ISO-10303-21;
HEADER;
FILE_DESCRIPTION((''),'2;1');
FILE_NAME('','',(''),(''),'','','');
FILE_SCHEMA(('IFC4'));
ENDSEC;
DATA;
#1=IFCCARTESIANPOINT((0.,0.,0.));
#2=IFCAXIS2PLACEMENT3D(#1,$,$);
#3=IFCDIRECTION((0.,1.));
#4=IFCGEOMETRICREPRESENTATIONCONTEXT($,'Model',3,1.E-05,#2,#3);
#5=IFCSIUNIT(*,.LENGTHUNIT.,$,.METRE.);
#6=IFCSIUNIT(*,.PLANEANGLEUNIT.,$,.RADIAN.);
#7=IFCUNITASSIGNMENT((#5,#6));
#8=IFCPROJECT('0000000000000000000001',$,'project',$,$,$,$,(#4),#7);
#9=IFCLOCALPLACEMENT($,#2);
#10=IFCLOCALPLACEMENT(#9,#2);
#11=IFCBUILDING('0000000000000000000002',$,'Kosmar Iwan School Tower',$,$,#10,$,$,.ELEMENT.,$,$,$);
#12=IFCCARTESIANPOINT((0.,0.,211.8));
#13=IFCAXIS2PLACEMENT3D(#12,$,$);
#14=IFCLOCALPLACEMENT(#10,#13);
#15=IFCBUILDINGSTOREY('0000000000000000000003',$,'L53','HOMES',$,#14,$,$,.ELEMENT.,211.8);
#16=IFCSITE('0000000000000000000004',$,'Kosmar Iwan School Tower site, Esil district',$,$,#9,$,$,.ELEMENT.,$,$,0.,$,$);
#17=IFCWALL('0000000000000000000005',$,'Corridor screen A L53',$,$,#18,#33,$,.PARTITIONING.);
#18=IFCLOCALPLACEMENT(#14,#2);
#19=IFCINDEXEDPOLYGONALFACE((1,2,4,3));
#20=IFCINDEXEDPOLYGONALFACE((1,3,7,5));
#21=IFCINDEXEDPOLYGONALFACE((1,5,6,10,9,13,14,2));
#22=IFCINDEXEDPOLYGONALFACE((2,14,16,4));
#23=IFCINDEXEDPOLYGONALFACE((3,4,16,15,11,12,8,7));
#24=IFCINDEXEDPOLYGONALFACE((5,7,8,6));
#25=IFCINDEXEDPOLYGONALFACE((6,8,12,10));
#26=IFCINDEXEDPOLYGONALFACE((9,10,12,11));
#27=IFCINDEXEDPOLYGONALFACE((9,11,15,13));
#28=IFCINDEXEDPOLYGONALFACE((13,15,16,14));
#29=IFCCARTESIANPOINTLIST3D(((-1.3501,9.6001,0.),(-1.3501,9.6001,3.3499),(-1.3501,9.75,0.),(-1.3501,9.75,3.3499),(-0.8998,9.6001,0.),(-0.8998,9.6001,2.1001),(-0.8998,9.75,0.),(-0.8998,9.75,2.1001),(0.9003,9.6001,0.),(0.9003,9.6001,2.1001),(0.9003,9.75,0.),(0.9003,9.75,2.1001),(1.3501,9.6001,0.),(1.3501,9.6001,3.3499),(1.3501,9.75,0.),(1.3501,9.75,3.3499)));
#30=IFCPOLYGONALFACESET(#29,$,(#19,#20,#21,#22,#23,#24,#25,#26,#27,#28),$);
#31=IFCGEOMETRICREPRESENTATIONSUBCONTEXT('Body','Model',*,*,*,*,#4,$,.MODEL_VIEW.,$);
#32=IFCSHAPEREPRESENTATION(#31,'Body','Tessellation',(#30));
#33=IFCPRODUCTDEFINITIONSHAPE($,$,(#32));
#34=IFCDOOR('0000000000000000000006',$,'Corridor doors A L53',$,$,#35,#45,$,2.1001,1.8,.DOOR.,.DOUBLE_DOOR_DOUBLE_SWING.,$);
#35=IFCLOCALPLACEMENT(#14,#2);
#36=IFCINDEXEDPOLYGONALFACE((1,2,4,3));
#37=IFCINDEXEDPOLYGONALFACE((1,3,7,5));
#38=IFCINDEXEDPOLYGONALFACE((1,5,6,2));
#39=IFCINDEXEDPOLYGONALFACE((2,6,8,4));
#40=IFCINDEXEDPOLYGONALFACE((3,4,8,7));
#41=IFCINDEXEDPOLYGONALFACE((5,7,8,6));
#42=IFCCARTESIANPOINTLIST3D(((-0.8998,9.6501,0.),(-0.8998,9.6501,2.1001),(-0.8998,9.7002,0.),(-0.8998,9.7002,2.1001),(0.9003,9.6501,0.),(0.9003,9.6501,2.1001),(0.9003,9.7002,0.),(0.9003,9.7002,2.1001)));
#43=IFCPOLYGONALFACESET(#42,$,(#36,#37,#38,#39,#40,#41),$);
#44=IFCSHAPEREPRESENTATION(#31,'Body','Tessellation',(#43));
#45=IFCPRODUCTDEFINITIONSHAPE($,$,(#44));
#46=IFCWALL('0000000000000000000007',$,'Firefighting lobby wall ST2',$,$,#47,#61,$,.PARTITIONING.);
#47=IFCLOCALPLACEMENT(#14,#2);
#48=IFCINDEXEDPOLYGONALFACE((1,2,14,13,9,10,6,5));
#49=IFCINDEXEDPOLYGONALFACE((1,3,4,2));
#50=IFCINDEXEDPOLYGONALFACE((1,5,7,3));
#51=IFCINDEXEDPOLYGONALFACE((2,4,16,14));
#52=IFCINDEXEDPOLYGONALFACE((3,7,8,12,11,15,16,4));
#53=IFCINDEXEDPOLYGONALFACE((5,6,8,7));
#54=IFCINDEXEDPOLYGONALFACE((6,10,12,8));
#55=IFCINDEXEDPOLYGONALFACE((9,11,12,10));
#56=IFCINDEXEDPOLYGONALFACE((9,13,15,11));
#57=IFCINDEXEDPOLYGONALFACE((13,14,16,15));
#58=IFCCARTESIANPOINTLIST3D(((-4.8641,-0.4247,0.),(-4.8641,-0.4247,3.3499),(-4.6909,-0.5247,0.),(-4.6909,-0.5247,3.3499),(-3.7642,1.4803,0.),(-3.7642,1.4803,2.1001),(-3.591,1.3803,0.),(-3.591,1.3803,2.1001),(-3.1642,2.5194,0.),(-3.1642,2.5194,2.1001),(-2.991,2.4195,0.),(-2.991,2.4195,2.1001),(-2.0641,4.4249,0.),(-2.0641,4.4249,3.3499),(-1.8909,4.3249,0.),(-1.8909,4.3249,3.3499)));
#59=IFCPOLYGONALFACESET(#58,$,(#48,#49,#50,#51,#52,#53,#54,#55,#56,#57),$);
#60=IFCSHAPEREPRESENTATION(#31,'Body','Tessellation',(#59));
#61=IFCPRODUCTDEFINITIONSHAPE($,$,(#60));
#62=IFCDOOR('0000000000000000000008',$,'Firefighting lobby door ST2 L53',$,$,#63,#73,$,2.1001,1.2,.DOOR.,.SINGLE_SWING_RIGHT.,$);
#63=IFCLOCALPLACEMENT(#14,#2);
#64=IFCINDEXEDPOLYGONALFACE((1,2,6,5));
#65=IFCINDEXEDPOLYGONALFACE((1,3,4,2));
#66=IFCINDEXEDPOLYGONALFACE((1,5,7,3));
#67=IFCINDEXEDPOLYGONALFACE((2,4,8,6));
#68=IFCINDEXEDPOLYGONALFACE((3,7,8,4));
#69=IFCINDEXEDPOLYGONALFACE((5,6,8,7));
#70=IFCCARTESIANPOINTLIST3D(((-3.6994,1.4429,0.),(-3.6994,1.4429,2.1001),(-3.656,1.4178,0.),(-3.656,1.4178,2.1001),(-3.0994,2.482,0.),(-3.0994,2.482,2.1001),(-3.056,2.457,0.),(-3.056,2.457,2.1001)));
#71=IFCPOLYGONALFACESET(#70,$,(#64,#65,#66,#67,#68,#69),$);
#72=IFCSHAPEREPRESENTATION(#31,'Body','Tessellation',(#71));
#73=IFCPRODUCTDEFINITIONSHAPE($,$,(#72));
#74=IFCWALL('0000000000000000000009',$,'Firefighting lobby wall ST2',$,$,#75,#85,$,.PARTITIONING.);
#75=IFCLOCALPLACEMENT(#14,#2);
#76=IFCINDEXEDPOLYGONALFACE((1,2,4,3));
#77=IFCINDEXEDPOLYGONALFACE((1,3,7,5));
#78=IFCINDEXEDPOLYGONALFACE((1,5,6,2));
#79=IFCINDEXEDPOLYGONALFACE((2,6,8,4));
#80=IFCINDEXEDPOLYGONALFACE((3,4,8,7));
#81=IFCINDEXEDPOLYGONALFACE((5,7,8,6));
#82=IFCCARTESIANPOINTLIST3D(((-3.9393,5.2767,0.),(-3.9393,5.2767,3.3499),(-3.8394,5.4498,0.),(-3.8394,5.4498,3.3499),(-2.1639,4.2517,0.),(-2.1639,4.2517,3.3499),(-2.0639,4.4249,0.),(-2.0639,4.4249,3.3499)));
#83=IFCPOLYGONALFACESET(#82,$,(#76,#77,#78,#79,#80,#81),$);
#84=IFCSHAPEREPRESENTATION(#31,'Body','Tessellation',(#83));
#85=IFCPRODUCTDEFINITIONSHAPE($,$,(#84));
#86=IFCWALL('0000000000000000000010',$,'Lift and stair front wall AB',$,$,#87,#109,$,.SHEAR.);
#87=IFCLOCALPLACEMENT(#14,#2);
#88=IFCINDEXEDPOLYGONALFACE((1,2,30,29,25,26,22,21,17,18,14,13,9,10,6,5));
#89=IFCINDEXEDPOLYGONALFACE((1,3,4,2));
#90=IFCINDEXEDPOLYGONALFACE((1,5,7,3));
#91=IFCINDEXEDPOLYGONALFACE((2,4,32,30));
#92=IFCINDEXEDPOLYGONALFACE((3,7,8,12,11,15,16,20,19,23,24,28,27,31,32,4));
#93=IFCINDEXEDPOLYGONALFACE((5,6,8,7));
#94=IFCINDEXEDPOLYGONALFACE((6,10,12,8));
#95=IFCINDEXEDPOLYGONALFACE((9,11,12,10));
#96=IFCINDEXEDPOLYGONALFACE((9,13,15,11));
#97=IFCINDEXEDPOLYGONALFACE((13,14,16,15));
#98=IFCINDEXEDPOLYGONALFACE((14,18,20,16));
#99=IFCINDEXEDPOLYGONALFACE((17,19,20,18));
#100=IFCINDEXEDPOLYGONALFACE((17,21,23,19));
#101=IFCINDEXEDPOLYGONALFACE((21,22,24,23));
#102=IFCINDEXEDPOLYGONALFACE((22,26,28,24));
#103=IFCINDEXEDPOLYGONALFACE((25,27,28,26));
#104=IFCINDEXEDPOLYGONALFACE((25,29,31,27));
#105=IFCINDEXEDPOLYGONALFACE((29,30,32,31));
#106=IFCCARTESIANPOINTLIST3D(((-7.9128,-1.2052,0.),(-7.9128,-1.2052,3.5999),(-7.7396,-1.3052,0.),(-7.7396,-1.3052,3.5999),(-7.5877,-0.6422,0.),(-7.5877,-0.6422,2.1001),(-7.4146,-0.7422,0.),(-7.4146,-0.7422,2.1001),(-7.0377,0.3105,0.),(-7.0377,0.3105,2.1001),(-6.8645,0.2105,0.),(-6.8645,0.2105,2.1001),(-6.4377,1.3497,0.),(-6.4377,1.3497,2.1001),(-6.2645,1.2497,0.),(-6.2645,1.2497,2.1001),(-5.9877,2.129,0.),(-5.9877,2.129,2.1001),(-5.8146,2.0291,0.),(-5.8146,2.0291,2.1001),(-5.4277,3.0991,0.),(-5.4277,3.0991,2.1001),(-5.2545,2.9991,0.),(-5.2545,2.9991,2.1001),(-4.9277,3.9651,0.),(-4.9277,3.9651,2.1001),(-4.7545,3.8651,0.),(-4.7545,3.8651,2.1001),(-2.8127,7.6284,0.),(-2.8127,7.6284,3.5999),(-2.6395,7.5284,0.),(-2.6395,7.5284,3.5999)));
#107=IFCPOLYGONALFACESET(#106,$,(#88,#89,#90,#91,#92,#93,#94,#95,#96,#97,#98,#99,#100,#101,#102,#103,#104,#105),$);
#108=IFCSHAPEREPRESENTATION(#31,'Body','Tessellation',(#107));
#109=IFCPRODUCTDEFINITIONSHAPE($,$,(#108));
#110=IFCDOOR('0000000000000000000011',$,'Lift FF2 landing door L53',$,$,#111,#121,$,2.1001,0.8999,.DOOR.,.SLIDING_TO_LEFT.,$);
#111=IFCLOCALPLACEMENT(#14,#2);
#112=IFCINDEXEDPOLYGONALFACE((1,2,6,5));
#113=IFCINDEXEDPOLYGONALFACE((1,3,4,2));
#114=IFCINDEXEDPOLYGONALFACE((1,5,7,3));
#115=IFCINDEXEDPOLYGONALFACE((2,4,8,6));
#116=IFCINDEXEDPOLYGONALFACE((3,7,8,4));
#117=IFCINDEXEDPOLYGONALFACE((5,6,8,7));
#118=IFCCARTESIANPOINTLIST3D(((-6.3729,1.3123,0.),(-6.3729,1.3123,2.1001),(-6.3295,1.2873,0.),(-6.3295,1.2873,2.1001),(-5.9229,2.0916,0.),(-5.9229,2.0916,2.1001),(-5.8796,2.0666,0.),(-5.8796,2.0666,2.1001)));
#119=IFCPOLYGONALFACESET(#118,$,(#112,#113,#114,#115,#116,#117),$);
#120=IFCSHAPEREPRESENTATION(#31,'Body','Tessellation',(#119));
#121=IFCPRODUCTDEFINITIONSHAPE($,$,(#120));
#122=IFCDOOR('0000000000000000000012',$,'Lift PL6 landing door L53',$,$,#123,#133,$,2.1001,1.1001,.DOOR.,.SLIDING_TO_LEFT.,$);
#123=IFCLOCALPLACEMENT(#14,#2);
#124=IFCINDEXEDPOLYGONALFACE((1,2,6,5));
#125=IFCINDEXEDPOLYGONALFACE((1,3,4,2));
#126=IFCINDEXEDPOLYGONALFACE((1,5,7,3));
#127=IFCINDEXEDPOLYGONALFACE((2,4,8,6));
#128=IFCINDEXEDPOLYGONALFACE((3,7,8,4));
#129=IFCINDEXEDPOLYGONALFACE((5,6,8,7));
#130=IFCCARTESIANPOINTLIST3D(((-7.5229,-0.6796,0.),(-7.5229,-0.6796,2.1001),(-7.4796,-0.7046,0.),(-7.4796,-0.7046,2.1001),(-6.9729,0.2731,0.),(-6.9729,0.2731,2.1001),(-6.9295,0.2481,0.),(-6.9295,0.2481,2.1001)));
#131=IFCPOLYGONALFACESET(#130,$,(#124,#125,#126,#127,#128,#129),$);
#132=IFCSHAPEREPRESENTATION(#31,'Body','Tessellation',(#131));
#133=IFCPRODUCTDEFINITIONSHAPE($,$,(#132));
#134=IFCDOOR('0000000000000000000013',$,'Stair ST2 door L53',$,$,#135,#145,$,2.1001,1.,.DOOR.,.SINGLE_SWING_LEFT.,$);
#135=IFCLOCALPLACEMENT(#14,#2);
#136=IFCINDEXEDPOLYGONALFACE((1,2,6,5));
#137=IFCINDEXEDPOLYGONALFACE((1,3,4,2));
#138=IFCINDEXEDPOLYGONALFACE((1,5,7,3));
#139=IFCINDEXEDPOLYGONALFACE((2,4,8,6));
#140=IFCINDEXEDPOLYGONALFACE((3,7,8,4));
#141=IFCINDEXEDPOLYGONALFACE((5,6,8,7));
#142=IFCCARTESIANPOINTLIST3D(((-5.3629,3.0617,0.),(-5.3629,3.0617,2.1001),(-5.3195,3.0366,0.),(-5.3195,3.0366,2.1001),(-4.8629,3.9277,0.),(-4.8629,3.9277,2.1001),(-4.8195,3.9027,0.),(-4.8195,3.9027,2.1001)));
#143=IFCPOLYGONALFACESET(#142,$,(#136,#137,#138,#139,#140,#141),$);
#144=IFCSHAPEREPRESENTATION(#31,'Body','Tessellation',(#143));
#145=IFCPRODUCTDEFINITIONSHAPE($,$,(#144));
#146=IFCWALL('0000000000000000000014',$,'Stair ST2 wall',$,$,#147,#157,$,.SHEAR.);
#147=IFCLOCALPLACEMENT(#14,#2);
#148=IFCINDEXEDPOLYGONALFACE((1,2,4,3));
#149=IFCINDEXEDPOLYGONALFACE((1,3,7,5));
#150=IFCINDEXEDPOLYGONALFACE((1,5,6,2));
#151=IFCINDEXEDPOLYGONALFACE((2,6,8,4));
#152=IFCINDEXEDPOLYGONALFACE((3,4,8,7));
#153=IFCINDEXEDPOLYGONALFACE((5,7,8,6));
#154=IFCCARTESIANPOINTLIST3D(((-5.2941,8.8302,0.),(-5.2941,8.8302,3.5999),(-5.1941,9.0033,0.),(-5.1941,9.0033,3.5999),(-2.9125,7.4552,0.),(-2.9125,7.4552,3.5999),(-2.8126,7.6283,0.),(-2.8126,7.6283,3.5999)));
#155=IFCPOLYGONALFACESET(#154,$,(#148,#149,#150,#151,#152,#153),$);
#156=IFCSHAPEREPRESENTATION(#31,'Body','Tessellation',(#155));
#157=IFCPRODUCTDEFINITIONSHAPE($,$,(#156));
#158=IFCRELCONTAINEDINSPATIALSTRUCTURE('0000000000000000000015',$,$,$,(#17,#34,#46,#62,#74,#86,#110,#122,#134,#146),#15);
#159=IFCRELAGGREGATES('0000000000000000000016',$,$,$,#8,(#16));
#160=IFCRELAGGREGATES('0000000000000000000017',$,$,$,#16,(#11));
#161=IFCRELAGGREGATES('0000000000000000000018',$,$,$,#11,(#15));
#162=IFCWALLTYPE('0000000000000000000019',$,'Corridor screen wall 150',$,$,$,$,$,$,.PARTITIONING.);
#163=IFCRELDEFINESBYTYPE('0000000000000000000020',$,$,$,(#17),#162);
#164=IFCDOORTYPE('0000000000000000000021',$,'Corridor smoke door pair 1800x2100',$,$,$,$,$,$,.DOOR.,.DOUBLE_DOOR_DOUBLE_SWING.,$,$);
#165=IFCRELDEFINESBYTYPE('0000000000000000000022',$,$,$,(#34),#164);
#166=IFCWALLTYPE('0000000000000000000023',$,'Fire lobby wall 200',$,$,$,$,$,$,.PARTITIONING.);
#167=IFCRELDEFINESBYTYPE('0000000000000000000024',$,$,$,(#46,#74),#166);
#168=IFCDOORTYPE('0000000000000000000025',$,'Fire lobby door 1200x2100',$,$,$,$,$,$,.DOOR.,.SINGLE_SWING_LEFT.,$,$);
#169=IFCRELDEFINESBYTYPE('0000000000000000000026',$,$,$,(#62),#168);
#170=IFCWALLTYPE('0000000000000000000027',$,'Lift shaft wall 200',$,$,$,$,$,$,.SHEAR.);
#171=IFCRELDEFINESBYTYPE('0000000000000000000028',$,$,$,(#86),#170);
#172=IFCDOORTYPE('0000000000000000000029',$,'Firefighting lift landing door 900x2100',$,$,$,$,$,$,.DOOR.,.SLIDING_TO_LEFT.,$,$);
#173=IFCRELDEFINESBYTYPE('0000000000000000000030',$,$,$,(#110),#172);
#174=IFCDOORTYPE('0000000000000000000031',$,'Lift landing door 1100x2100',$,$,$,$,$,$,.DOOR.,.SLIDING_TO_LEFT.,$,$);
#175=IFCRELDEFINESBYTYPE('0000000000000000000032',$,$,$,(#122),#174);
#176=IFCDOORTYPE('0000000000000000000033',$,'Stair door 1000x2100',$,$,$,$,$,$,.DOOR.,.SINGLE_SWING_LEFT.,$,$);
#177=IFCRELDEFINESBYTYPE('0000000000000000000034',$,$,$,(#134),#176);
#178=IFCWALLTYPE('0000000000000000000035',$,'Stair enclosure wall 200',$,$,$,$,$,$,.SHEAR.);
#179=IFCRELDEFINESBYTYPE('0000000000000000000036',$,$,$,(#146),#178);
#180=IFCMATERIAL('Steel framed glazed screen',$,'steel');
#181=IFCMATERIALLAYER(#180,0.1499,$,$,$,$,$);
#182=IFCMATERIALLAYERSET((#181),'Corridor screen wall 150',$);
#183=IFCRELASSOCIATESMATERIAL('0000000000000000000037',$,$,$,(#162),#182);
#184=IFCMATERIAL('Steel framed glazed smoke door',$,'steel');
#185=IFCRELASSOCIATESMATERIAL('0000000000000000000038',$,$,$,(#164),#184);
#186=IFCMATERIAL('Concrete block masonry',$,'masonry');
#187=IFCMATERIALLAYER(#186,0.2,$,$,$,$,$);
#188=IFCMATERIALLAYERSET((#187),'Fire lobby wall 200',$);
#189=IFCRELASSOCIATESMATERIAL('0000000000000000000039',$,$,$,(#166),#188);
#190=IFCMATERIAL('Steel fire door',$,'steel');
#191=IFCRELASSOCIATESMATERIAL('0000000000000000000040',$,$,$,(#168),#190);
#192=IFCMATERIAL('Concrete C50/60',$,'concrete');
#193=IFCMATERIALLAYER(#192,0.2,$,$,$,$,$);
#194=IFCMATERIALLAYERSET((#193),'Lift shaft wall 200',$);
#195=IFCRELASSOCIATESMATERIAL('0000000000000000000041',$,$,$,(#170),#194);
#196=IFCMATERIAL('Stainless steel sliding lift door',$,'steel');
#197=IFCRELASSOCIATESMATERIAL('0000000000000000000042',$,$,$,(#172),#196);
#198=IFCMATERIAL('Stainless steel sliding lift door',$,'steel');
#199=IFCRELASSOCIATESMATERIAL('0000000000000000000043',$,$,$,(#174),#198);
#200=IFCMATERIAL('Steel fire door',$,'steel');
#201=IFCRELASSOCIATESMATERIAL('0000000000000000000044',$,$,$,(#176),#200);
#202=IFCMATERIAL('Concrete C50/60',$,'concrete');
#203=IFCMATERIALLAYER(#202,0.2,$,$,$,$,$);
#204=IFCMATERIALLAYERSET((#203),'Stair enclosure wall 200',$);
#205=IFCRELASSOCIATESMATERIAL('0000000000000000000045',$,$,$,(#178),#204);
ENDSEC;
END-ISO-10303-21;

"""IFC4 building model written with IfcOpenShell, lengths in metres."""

from ifc_helpers import new_model, si_unit, direction, frame, frame_2d, origin, place, context, subcontext, project, spatial, rectangle, extrude, material, layer, layer_set, type_object, element, fill, save


model = new_model("IFC4")

# Units and contexts
model_context = context("Model", 3, precision=1e-05, world=origin(), true_north=direction((0.0, 1.0)))
body_context = subcontext(model_context, "Body", "Model", "MODEL_VIEW")
ifc_project = project(units=[si_unit("LENGTHUNIT", "METRE"), si_unit("PLANEANGLEUNIT", "RADIAN")], contexts=[model_context])

# Site, building, storey
site_placement = place(None, origin())
site = spatial("IfcSite", under=ifc_project, at=site_placement, Name="Kosmar Iwan School Tower site, Esil district", CompositionType="ELEMENT", RefElevation=0.0)
building_placement = place(site_placement, origin())
building = spatial("IfcBuilding", under=site, at=building_placement, Name="Kosmar Iwan School Tower", CompositionType="ELEMENT")
storey_placement = place(building_placement, frame((0.0, 0.0, 211.8)))
storey = spatial("IfcBuildingStorey", under=building, at=storey_placement, Name="L53", Description="HOMES", CompositionType="ELEMENT", Elevation=211.8)

# Walls, openings, doors
ifc_material_1 = material(Name="Steel framed glazed screen", Category="steel")
ifc_layer_1 = layer(ifc_material_1, 0.1499)
ifc_layer_set_1 = layer_set([ifc_layer_1], Name="Corridor screen wall 150")
wall_type_1 = type_object("IfcWallType", Name="Corridor screen wall 150", PredefinedType="PARTITIONING", material=ifc_layer_set_1)
wall_1_placement = place(storey_placement, frame((1.3501, 9.675, 0.0), z_axis=(0.0, 0.0, 1.0), x_axis=(-1.0, 0.0, 0.0)))
wall_1 = element("IfcWall", 1, at=wall_1_placement, inside=storey, type_object=wall_type_1, Name="Corridor screen A L53", PredefinedType="PARTITIONING", context=body_context, shape_type="SweptSolid", body=[
    extrude(rectangle(XDim=2.7002, YDim=0.1499, at=frame_2d((1.3501, 0.0))), origin(), (0.0, 0.0, 1.0), 3.3499),
])
opening_1_placement = place(wall_1_placement, frame((0.45, 0.0, 0.0)))
opening_1 = element("IfcOpeningElement", 2, at=opening_1_placement, cuts=wall_1, PredefinedType="OPENING", context=body_context, shape_type="SweptSolid", body=[
    extrude(rectangle(XDim=1.8, YDim=2.1001, at=frame_2d((0.8999, 1.05))), frame((0.0, 0.0869, 0.0), z_axis=(0.0, -1.0, 0.0), x_axis=(1.0, 0.0, 0.0)), (0.0, 0.0, 1.0), 0.1738),
])
ifc_material_2 = material(Name="Steel framed glazed smoke door", Category="steel")
door_type_1 = type_object("IfcDoorType", Name="Corridor smoke door pair 1800x2100", OperationType="DOUBLE_DOOR_DOUBLE_SWING", PredefinedType="DOOR", material=ifc_material_2)
door_1_placement = place(opening_1_placement, origin())
door_1 = element("IfcDoor", 3, at=door_1_placement, inside=storey, type_object=door_type_1, Name="Corridor doors A L53", OperationType="DOUBLE_DOOR_DOUBLE_SWING", OverallHeight=2.1001, OverallWidth=1.8, PredefinedType="DOOR", context=body_context, shape_type="SweptSolid", body=[
    extrude(rectangle(XDim=1.8, YDim=2.1001, at=frame_2d((0.8999, 1.05))), frame((0.0, 0.0249, 0.0), z_axis=(0.0, -1.0, 0.0), x_axis=(1.0, 0.0, 0.0)), (0.0, 0.0, 1.0), 0.05),
])
fill(opening_1, door_1)
ifc_material_3 = material(Name="Concrete block masonry", Category="masonry")
ifc_layer_2 = layer(ifc_material_3, 0.2)
ifc_layer_set_2 = layer_set([ifc_layer_2], Name="Fire lobby wall 200")
wall_type_2 = type_object("IfcWallType", Name="Fire lobby wall 200", PredefinedType="PARTITIONING", material=ifc_layer_set_2)
wall_2_placement = place(storey_placement, frame((-1.9775, 4.3748, 0.0), z_axis=(0.0, 0.0, 1.0), x_axis=(-0.500017, -0.866016, 0.0)))
wall_2 = element("IfcWall", 4, at=wall_2_placement, inside=storey, type_object=wall_type_2, Name="Firefighting lobby wall ST2", PredefinedType="PARTITIONING", context=body_context, shape_type="SweptSolid", body=[
    extrude(rectangle(XDim=5.5999, YDim=0.2, at=frame_2d((2.7998, 0.0))), origin(), (0.0, 0.0, 1.0), 3.3499),
])
opening_2_placement = place(wall_2_placement, frame((2.2, 0.0, 0.0)))
opening_2 = element("IfcOpeningElement", 5, at=opening_2_placement, cuts=wall_2, PredefinedType="OPENING", context=body_context, shape_type="SweptSolid", body=[
    extrude(rectangle(XDim=1.2, YDim=2.1001, at=frame_2d((0.6001, 1.05))), frame((0.0, 0.1121, 0.0), z_axis=(0.0, -1.0, 0.0), x_axis=(1.0, 0.0, 0.0)), (0.0, 0.0, 1.0), 0.2239),
])
ifc_material_4 = material(Name="Steel fire door", Category="steel")
door_type_2 = type_object("IfcDoorType", Name="Fire lobby door 1200x2100", OperationType="SINGLE_SWING_LEFT", PredefinedType="DOOR", material=ifc_material_4)
door_2_placement = place(opening_2_placement, origin())
door_2 = element("IfcDoor", 6, at=door_2_placement, inside=storey, type_object=door_type_2, Name="Firefighting lobby door ST2 L53", OperationType="SINGLE_SWING_RIGHT", OverallHeight=2.1001, OverallWidth=1.2, PredefinedType="DOOR", context=body_context, shape_type="SweptSolid", body=[
    extrude(rectangle(XDim=1.2, YDim=2.1001, at=frame_2d((0.6001, 1.05))), frame((0.0, 0.0249, 0.0), z_axis=(0.0, -1.0, 0.0), x_axis=(1.0, 0.0, 0.0)), (0.0, 0.0, 1.0), 0.05),
])
fill(opening_2, door_2)

# Wall
wall_3_placement = place(storey_placement, frame((-2.114, 4.3384, 0.0), z_axis=(0.0, 0.0, 1.0), x_axis=(-0.866051, 0.499956, 0.0)))
element("IfcWall", 7, at=wall_3_placement, inside=storey, type_object=wall_type_2, Name="Firefighting lobby wall ST2", PredefinedType="PARTITIONING", context=body_context, shape_type="SweptSolid", body=[
    extrude(rectangle(XDim=2.05, YDim=0.2, at=frame_2d((1.0249, 0.0))), origin(), (0.0, 0.0, 1.0), 3.3499),
])

# Wall, openings, doors
ifc_material_5 = material(Name="Concrete C50/60", Category="concrete")
ifc_layer_3 = layer(ifc_material_5, 0.2)
ifc_layer_set_3 = layer_set([ifc_layer_3], Name="Lift shaft wall 200")
wall_type_3 = type_object("IfcWallType", Name="Lift shaft wall 200", PredefinedType="SHEAR", material=ifc_layer_set_3)
wall_4_placement = place(storey_placement, frame((-2.7261, 7.5784, 0.0), z_axis=(0.0, 0.0, 1.0), x_axis=(-0.500006, -0.866022, 0.0)))
wall_4 = element("IfcWall", 8, at=wall_4_placement, inside=storey, type_object=wall_type_3, Name="Lift and stair front wall AB", PredefinedType="SHEAR", context=body_context, shape_type="SweptSolid", body=[
    extrude(rectangle(XDim=10.2002, YDim=0.2, at=frame_2d((5.1001, 0.0))), origin(), (0.0, 0.0, 1.0), 3.5999),
])
opening_3_placement = place(wall_4_placement, frame((6.3501, 0.0, 0.0)))
opening_3 = element("IfcOpeningElement", 9, at=opening_3_placement, cuts=wall_4, PredefinedType="OPENING", context=body_context, shape_type="SweptSolid", body=[
    extrude(rectangle(XDim=0.8999, YDim=2.1001, at=frame_2d((0.45, 1.05))), frame((0.0, 0.1121, 0.0), z_axis=(0.0, -1.0, 0.0), x_axis=(1.0, 0.0, 0.0)), (0.0, 0.0, 1.0), 0.2239),
])
opening_4_placement = place(wall_4_placement, frame((8.45, 0.0, 0.0)))
opening_4 = element("IfcOpeningElement", 10, at=opening_4_placement, cuts=wall_4, PredefinedType="OPENING", context=body_context, shape_type="SweptSolid", body=[
    extrude(rectangle(XDim=1.1001, YDim=2.1001, at=frame_2d((0.55, 1.05))), frame((0.0, 0.1121, 0.0), z_axis=(0.0, -1.0, 0.0), x_axis=(1.0, 0.0, 0.0)), (0.0, 0.0, 1.0), 0.2239),
])
opening_5_placement = place(wall_4_placement, frame((4.23, 0.0, 0.0)))
opening_5 = element("IfcOpeningElement", 11, at=opening_5_placement, cuts=wall_4, PredefinedType="OPENING", context=body_context, shape_type="SweptSolid", body=[
    extrude(rectangle(XDim=1.0, YDim=2.1001, at=frame_2d((0.5, 1.05))), frame((0.0, 0.1121, 0.0), z_axis=(0.0, -1.0, 0.0), x_axis=(1.0, 0.0, 0.0)), (0.0, 0.0, 1.0), 0.2239),
])
ifc_material_6 = material(Name="Stainless steel sliding lift door", Category="steel")
door_type_3 = type_object("IfcDoorType", Name="Firefighting lift landing door 900x2100", OperationType="SLIDING_TO_LEFT", PredefinedType="DOOR", material=ifc_material_6)
door_3_placement = place(opening_3_placement, origin())
door_3 = element("IfcDoor", 12, at=door_3_placement, inside=storey, type_object=door_type_3, Name="Lift FF2 landing door L53", OperationType="SLIDING_TO_LEFT", OverallHeight=2.1001, OverallWidth=0.8999, PredefinedType="DOOR", context=body_context, shape_type="SweptSolid", body=[
    extrude(rectangle(XDim=0.8999, YDim=2.1001, at=frame_2d((0.45, 1.05))), frame((0.0, 0.0249, 0.0), z_axis=(0.0, -1.0, 0.0), x_axis=(1.0, 0.0, 0.0)), (0.0, 0.0, 1.0), 0.05),
])
fill(opening_3, door_3)
ifc_material_7 = material(Name="Stainless steel sliding lift door", Category="steel")
door_type_4 = type_object("IfcDoorType", Name="Lift landing door 1100x2100", OperationType="SLIDING_TO_LEFT", PredefinedType="DOOR", material=ifc_material_7)
door_4_placement = place(opening_4_placement, origin())
door_4 = element("IfcDoor", 13, at=door_4_placement, inside=storey, type_object=door_type_4, Name="Lift PL6 landing door L53", OperationType="SLIDING_TO_LEFT", OverallHeight=2.1001, OverallWidth=1.1001, PredefinedType="DOOR", context=body_context, shape_type="SweptSolid", body=[
    extrude(rectangle(XDim=1.1001, YDim=2.1001, at=frame_2d((0.55, 1.05))), frame((0.0, 0.0249, 0.0), z_axis=(0.0, -1.0, 0.0), x_axis=(1.0, 0.0, 0.0)), (0.0, 0.0, 1.0), 0.05),
])
fill(opening_4, door_4)
ifc_material_8 = material(Name="Steel fire door", Category="steel")
door_type_5 = type_object("IfcDoorType", Name="Stair door 1000x2100", OperationType="SINGLE_SWING_LEFT", PredefinedType="DOOR", material=ifc_material_8)
door_5_placement = place(opening_5_placement, origin())
door_5 = element("IfcDoor", 14, at=door_5_placement, inside=storey, type_object=door_type_5, Name="Stair ST2 door L53", OperationType="SINGLE_SWING_LEFT", OverallHeight=2.1001, OverallWidth=1.0, PredefinedType="DOOR", context=body_context, shape_type="SweptSolid", body=[
    extrude(rectangle(XDim=1.0, YDim=2.1001, at=frame_2d((0.5, 1.05))), frame((0.0, 0.0249, 0.0), z_axis=(0.0, -1.0, 0.0), x_axis=(1.0, 0.0, 0.0)), (0.0, 0.0, 1.0), 0.05),
])
fill(opening_5, door_5)

# Wall
ifc_material_9 = material(Name="Concrete C50/60", Category="concrete")
ifc_layer_4 = layer(ifc_material_9, 0.2)
ifc_layer_set_4 = layer_set([ifc_layer_4], Name="Stair enclosure wall 200")
wall_type_4 = type_object("IfcWallType", Name="Stair enclosure wall 200", PredefinedType="SHEAR", material=ifc_layer_set_4)
wall_5_placement = place(storey_placement, frame((-2.8625, 7.5417, 0.0), z_axis=(0.0, 0.0, 1.0), x_axis=(-0.866027, 0.499997, 0.0)))
element("IfcWall", 15, at=wall_5_placement, inside=storey, type_object=wall_type_4, Name="Stair ST2 wall", PredefinedType="SHEAR", context=body_context, shape_type="SweptSolid", body=[
    extrude(rectangle(XDim=2.75, YDim=0.2, at=frame_2d((1.375, 0.0))), origin(), (0.0, 0.0, 1.0), 3.5999),
])

save(model, "model.ifc")
